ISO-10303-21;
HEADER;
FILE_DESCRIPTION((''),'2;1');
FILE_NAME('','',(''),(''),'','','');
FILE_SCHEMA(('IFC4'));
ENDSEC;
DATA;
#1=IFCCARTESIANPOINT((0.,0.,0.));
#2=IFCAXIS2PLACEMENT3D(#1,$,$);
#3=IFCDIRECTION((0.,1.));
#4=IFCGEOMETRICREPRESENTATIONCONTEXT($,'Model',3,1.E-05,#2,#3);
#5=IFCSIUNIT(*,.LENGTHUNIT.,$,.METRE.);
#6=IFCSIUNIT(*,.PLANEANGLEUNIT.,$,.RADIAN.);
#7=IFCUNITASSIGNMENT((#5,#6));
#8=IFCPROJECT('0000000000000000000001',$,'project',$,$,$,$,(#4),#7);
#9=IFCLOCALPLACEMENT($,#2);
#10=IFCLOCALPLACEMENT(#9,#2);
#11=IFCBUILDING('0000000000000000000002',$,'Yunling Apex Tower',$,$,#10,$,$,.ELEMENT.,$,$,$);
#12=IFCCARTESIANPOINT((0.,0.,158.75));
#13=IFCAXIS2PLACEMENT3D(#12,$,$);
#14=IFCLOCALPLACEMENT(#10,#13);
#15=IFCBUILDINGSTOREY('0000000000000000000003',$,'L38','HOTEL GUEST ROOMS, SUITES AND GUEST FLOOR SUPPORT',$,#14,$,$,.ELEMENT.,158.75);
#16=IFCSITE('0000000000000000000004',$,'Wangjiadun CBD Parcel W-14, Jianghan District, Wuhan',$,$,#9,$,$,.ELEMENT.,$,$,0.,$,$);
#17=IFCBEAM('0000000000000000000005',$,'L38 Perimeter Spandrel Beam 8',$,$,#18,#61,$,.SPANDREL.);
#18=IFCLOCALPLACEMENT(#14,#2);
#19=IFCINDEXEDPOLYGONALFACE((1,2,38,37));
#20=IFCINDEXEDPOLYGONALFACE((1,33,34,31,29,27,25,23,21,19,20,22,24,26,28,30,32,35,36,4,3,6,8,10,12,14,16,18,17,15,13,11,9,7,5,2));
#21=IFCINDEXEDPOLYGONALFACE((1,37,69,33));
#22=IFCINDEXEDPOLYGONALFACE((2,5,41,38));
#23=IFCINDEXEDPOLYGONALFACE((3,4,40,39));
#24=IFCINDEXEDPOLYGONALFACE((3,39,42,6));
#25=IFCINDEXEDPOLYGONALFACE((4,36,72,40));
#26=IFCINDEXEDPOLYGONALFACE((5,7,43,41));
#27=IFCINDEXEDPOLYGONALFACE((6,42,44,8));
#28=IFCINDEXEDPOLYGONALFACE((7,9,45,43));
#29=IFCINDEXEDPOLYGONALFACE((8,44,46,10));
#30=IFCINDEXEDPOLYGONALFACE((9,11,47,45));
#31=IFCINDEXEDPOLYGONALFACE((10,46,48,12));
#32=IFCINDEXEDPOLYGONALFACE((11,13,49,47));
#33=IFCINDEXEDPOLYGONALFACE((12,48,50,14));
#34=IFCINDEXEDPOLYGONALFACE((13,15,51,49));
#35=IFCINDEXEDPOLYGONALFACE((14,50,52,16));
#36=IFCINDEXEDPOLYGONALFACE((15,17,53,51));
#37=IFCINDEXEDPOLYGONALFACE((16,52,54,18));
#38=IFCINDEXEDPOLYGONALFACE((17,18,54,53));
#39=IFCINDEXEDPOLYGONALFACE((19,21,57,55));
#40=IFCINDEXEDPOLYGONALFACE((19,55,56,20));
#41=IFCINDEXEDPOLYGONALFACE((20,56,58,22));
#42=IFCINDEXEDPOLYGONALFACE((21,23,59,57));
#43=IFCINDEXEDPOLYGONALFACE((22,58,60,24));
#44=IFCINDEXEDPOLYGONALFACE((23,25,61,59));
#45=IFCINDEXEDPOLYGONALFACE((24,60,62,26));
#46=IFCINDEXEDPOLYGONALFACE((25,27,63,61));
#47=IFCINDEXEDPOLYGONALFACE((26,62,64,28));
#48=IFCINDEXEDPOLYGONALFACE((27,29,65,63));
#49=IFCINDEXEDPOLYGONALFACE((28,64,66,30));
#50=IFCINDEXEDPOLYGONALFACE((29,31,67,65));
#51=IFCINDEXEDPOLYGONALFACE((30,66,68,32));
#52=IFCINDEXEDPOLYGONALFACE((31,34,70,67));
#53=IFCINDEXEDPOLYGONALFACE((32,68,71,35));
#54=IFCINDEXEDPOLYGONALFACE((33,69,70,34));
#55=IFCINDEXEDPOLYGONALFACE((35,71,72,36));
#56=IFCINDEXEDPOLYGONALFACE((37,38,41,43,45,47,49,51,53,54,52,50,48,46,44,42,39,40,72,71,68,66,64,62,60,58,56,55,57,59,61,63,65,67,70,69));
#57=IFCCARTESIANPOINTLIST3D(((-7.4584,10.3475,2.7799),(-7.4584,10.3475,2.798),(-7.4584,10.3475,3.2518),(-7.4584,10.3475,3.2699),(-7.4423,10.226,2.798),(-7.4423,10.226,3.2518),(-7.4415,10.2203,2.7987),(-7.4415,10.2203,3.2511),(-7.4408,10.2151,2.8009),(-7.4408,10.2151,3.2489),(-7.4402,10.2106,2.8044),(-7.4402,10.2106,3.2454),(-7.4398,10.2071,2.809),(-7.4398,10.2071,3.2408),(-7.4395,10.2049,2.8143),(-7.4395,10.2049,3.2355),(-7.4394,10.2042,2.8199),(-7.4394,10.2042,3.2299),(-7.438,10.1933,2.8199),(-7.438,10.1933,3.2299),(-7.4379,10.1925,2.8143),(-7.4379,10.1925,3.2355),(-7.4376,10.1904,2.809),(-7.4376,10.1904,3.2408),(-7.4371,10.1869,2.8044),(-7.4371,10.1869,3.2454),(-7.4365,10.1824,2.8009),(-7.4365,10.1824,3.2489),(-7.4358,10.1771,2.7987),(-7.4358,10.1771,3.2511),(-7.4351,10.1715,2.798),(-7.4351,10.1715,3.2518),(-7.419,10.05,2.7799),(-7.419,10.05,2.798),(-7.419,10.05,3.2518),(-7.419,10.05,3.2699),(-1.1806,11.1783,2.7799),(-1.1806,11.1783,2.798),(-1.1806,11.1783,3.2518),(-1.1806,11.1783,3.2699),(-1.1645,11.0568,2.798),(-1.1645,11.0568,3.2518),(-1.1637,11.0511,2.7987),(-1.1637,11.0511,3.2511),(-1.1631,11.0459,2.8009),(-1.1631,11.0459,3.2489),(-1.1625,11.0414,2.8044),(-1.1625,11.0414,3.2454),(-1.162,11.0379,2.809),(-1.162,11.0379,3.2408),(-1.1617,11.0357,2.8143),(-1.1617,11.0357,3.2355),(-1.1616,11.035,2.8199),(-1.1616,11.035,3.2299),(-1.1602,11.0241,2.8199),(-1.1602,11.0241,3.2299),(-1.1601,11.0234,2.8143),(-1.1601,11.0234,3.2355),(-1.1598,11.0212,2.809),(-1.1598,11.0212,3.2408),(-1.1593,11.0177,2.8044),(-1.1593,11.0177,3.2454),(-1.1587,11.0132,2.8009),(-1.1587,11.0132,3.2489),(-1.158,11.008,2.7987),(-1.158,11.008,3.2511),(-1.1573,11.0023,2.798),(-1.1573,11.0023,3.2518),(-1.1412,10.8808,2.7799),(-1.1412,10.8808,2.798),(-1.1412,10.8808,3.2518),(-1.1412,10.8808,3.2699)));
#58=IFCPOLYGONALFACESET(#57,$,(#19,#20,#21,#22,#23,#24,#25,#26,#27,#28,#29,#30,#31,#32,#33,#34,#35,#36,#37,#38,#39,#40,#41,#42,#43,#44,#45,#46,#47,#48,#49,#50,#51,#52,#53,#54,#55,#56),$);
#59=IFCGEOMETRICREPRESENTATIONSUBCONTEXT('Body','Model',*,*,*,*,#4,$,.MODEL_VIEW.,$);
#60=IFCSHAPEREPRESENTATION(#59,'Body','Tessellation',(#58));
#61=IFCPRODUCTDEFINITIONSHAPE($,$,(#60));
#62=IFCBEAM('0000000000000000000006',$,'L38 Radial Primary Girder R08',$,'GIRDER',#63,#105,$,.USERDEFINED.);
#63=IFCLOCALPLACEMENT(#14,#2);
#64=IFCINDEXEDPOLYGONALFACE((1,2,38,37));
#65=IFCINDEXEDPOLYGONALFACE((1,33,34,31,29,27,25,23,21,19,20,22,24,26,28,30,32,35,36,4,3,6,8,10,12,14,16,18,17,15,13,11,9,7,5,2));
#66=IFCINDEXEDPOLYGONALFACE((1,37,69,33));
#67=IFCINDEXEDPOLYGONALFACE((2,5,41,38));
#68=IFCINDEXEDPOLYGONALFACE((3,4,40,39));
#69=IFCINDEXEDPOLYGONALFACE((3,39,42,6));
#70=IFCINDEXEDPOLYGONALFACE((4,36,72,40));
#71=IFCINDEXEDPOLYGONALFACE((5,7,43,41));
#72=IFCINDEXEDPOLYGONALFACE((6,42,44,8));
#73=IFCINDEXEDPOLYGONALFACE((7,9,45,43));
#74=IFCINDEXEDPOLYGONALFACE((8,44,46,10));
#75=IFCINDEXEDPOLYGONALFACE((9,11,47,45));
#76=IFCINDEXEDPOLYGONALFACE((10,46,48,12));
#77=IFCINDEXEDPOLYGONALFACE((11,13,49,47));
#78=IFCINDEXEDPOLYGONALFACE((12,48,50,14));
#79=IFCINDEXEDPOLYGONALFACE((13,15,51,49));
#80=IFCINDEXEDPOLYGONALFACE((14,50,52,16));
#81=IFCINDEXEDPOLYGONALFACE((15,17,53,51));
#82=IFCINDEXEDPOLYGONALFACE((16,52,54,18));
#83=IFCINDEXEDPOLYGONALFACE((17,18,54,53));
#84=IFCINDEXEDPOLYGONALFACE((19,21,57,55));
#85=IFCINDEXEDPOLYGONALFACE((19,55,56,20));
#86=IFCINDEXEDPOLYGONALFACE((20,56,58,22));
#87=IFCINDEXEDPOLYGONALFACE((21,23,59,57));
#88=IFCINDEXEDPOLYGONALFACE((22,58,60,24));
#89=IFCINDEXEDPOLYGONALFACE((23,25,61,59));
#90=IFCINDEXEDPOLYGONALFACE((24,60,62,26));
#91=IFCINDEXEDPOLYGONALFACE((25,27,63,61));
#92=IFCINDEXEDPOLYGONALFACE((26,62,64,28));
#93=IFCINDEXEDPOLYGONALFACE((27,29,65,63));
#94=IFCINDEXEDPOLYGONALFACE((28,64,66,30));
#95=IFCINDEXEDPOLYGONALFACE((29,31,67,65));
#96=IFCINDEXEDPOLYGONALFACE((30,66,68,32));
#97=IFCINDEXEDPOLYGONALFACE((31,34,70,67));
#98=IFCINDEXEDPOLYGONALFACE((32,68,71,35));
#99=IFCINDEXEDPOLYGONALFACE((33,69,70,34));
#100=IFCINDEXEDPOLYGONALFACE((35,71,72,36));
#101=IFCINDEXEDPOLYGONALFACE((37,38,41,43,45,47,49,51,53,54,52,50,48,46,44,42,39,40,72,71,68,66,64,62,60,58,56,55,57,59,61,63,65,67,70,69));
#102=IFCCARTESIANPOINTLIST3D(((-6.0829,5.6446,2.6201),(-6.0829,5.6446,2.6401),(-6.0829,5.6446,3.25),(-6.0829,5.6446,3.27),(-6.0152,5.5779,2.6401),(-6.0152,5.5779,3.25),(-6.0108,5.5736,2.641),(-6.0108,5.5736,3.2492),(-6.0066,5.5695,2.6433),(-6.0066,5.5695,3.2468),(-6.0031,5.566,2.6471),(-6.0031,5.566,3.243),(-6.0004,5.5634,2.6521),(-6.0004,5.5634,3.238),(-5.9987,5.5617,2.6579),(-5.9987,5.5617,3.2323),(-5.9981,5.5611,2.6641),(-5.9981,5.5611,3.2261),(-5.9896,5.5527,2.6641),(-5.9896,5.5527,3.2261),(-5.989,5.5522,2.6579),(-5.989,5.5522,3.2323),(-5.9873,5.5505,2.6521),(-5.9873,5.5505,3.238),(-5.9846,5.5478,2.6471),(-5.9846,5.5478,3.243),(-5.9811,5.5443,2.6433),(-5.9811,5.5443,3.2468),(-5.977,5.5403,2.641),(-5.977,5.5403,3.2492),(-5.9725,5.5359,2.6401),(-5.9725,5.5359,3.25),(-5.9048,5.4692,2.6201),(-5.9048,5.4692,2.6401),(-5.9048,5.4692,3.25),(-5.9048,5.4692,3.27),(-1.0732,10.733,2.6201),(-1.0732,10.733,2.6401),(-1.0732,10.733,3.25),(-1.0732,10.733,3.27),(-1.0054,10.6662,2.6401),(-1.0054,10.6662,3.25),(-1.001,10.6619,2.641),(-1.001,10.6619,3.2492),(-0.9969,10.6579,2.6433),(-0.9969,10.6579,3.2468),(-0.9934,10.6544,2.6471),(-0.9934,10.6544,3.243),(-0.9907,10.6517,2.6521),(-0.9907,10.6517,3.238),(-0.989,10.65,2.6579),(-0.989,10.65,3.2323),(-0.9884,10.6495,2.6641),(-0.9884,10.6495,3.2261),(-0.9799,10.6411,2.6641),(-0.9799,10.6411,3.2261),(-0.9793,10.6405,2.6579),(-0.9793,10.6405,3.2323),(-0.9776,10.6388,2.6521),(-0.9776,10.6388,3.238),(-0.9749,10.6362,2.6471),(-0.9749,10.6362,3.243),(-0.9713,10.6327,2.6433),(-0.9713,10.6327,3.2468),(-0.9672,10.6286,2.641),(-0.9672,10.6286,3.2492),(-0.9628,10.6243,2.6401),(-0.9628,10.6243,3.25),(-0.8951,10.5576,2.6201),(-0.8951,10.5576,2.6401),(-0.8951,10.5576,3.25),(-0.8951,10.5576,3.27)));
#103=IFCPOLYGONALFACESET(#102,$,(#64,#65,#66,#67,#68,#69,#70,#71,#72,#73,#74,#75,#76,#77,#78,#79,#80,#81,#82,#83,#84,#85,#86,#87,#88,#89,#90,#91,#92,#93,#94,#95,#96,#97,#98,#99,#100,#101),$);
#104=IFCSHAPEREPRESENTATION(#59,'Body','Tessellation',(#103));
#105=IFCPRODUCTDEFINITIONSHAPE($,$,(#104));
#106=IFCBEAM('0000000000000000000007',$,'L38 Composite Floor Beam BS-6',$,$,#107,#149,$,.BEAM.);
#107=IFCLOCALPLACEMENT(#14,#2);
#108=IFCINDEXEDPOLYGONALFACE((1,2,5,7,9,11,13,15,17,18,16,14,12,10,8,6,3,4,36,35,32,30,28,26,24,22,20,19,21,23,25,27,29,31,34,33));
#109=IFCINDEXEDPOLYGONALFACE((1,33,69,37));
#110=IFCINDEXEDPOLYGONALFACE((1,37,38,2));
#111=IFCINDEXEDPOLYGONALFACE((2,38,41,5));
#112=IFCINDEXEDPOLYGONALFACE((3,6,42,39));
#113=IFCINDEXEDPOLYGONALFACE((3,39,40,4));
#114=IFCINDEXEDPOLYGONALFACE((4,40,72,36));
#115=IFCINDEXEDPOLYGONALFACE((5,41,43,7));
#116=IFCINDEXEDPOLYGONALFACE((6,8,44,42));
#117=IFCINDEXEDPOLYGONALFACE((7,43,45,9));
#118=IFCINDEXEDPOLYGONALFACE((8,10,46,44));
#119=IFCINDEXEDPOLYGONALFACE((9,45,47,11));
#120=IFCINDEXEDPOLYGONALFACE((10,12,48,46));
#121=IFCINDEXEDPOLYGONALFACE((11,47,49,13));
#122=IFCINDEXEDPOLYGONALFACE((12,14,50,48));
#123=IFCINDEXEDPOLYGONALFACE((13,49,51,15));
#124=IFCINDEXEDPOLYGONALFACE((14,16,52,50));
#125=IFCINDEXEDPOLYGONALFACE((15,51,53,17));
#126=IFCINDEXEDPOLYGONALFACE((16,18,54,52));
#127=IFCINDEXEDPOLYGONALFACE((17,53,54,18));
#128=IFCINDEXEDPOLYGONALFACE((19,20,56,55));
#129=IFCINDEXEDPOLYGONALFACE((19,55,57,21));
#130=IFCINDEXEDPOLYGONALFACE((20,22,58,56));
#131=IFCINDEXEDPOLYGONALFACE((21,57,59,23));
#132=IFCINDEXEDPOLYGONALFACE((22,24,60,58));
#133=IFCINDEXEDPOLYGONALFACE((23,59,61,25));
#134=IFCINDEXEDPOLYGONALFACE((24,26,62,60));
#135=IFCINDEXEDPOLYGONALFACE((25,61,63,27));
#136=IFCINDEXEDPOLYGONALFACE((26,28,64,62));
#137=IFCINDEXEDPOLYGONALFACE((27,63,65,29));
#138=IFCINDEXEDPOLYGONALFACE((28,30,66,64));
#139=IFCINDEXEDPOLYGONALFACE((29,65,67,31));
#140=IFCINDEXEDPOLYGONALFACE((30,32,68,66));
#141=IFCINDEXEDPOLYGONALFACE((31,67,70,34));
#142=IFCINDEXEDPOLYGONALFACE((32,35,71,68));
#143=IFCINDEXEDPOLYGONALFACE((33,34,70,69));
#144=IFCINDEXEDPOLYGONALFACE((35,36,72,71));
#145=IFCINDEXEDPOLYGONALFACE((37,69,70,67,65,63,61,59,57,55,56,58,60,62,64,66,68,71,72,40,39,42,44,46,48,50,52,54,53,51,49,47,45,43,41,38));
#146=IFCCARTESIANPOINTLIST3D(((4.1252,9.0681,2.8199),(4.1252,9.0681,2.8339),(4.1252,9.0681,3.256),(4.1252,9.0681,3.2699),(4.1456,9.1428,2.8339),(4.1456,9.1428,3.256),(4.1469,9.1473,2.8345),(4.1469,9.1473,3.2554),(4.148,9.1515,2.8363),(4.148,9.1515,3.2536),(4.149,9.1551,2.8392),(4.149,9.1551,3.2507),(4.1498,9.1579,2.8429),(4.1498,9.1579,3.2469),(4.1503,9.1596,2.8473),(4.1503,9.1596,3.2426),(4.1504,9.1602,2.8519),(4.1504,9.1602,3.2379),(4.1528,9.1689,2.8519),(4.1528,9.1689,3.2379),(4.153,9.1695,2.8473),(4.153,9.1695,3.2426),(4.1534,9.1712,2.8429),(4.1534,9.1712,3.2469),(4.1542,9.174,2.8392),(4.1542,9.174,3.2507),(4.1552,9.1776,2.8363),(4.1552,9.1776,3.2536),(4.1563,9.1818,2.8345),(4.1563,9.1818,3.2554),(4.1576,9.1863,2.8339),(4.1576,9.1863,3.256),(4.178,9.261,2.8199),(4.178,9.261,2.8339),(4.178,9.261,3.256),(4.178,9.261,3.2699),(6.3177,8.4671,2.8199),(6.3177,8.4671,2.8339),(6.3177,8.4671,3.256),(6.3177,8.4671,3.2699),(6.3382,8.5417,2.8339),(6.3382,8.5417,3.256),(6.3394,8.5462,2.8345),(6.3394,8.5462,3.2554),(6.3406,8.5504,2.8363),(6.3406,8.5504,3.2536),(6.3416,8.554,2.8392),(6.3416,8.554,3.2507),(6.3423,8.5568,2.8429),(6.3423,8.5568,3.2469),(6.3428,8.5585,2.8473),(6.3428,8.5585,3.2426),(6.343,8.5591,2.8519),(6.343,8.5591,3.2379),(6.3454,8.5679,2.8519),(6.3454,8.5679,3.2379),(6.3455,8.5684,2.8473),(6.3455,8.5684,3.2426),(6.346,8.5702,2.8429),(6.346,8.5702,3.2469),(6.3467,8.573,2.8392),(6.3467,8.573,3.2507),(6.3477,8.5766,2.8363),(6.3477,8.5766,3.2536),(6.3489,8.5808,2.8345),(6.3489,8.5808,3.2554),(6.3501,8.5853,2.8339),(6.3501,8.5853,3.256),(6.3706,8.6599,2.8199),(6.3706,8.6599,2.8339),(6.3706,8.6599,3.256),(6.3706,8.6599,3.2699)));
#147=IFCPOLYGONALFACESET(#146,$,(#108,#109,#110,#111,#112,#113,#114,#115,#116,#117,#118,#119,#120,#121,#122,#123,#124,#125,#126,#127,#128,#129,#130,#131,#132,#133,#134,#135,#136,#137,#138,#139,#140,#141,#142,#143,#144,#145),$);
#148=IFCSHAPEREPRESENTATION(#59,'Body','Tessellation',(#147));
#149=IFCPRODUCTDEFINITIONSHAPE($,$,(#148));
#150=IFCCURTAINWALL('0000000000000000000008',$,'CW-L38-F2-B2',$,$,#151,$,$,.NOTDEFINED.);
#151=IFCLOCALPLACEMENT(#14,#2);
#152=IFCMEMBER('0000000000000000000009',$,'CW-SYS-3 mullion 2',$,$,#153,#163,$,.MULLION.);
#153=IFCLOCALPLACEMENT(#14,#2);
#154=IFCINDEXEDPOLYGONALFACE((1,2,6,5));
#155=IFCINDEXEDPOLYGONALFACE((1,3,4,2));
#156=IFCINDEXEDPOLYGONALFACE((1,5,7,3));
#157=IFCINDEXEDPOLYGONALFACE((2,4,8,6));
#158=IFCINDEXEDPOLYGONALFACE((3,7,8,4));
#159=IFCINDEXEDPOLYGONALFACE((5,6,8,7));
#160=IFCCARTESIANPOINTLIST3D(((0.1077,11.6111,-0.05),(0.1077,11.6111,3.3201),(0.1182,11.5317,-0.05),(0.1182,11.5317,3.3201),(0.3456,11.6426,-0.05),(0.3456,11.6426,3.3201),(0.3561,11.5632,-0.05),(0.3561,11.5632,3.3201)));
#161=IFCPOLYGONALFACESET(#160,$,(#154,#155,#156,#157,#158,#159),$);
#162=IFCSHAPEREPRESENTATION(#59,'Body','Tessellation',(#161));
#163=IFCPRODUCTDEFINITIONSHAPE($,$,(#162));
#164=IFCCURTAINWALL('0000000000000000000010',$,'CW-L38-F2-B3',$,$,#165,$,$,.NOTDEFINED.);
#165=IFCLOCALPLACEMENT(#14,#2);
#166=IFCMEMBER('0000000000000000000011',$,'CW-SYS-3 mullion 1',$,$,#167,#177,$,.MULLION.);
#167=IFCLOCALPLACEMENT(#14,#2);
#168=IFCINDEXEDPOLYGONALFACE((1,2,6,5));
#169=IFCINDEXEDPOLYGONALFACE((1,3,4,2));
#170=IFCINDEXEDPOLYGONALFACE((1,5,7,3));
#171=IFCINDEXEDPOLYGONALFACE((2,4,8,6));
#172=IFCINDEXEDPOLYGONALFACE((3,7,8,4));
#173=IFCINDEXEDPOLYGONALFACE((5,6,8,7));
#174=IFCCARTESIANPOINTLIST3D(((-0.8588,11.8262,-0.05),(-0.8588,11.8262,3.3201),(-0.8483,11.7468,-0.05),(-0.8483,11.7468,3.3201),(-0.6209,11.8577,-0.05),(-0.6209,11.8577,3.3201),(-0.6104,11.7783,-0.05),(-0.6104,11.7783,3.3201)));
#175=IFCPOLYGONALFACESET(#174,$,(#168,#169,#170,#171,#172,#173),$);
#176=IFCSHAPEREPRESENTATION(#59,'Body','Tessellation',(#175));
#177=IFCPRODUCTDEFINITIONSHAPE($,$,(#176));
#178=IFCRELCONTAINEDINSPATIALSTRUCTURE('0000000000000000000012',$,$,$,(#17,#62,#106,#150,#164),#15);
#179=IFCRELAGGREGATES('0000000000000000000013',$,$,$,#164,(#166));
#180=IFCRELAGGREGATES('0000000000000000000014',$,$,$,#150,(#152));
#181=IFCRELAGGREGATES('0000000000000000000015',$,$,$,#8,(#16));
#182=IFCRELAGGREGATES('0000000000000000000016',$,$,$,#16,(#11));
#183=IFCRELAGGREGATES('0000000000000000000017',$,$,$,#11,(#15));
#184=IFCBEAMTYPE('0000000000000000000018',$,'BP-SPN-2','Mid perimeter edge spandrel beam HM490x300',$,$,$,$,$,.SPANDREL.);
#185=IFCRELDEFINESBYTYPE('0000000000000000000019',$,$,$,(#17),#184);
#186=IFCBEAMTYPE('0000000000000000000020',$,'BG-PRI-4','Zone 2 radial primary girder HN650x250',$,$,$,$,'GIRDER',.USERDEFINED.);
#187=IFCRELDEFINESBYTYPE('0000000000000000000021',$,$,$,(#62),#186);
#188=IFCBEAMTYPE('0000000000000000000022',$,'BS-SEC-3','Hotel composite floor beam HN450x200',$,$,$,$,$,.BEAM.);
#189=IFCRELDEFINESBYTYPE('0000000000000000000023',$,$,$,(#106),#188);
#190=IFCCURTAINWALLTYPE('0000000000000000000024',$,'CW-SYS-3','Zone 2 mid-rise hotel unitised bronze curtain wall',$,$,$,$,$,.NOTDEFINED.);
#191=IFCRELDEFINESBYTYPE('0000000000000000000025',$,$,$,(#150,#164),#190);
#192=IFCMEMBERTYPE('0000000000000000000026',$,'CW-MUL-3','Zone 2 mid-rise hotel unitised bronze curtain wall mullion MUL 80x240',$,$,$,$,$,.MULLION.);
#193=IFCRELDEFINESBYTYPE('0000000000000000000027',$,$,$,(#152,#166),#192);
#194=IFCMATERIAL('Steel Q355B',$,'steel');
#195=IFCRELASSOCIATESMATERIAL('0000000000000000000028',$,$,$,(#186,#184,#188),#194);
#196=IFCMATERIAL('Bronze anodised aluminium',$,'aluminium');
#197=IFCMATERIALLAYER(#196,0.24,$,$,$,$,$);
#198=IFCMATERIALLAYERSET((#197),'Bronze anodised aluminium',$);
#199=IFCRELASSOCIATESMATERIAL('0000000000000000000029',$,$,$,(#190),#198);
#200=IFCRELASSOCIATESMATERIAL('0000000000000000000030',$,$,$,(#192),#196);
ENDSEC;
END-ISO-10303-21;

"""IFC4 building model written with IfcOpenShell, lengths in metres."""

from ifc_helpers import new_model, si_unit, direction, frame, origin, origin_2d, place, context, subcontext, project, spatial, rectangle, i_section, extrude, source, transform, mapped, material, layer, layer_set, material_profile, profile_set, type_object, element, aggregate, save


model = new_model("IFC4")

# Units and contexts
model_context = context("Model", 3, precision=1e-05, world=origin(), true_north=direction((0.0, 1.0)))
body_context = subcontext(model_context, "Body", "Model", "MODEL_VIEW")
ifc_project = project(units=[si_unit("LENGTHUNIT", "METRE"), si_unit("PLANEANGLEUNIT", "RADIAN")], contexts=[model_context])

# Site, building, storey
site_placement = place(None, origin())
site = spatial("IfcSite", under=ifc_project, at=site_placement, Name="Wangjiadun CBD Parcel W-14, Jianghan District, Wuhan", CompositionType="ELEMENT", RefElevation=0.0)
building_placement = place(site_placement, origin())
building = spatial("IfcBuilding", under=site, at=building_placement, Name="Yunling Apex Tower", CompositionType="ELEMENT")
storey_placement = place(building_placement, frame((0.0, 0.0, 158.75)))
storey = spatial("IfcBuildingStorey", under=building, at=storey_placement, Name="L38", Description="HOTEL GUEST ROOMS, SUITES AND GUEST FLOOR SUPPORT", CompositionType="ELEMENT", Elevation=158.75)

# Beams
ifc_material_1 = material(Name="Steel Q355B", Category="steel")
ifc_material_profile_1 = material_profile(ifc_material_1, i_section(OverallWidth=0.25, OverallDepth=0.6499, WebThickness=0.012, FlangeThickness=0.02, FilletRadius=0.0239, at=origin_2d()))
ifc_profile_set_1 = profile_set([ifc_material_profile_1], Name="Steel Q355B")
beam_type_1 = type_object("IfcBeamType", Name="BG-PRI-4", Description="Zone 2 radial primary girder HN650x250", ElementType="GIRDER", PredefinedType="USERDEFINED", material=ifc_profile_set_1)
ifc_material_profile_2 = material_profile(ifc_material_1, i_section(OverallWidth=0.3, OverallDepth=0.49, WebThickness=0.011, FlangeThickness=0.0181, FilletRadius=0.022, at=origin_2d()))
ifc_profile_set_2 = profile_set([ifc_material_profile_2], Name="Steel Q355B")
beam_type_2 = type_object("IfcBeamType", Name="BP-SPN-2", Description="Mid perimeter edge spandrel beam HM490x300", PredefinedType="SPANDREL", material=ifc_profile_set_2)
shared_shape_1 = source(origin(), body_context, "Body", "SweptSolid", [
    extrude(i_section(OverallWidth=0.3, OverallDepth=0.49, WebThickness=0.011, FlangeThickness=0.0181, FilletRadius=0.022, at=origin_2d()), origin(), (0.0, 0.0, 1.0), 6.3325),
])
beam_1_placement = place(storey_placement, frame((-1.1609, 11.0295, 3.0249), z_axis=(-0.991356, -0.131196, 0.0), x_axis=(0.131196, -0.991356, 0.0)))
element("IfcBeam", 1, at=beam_1_placement, inside=storey, type_object=beam_type_2, Name="L38 Perimeter Spandrel Beam 8", PredefinedType="SPANDREL", context=body_context, shape_type="MappedRepresentation", body=[
    mapped(shared_shape_1, transform((0.0, 0.0, 0.0), scale=1.0)),
])
shared_shape_2 = source(origin(), body_context, "Body", "SweptSolid", [
    extrude(i_section(OverallWidth=0.25, OverallDepth=0.6499, WebThickness=0.012, FlangeThickness=0.02, FilletRadius=0.0239, at=origin_2d()), origin(), (0.0, 0.0, 1.0), 7.1406),
])
beam_2_placement = place(storey_placement, frame((-0.9841, 10.6453, 2.9451), z_axis=(-0.701581, -0.71259, 0.0), x_axis=(0.71259, -0.701581, 0.0)))
element("IfcBeam", 2, at=beam_2_placement, inside=storey, type_object=beam_type_1, Name="L38 Radial Primary Girder R08", ObjectType="GIRDER", PredefinedType="USERDEFINED", context=body_context, shape_type="MappedRepresentation", body=[
    mapped(shared_shape_2, transform((0.0, 0.0, 0.0), scale=1.0)),
])
ifc_material_profile_3 = material_profile(ifc_material_1, i_section(OverallWidth=0.2, OverallDepth=0.45, WebThickness=0.009, FlangeThickness=0.0139, FilletRadius=0.0181, at=origin_2d()))
ifc_profile_set_3 = profile_set([ifc_material_profile_3], Name="Steel Q355B")
beam_type_3 = type_object("IfcBeamType", Name="BS-SEC-3", Description="Hotel composite floor beam HN450x200", PredefinedType="BEAM", material=ifc_profile_set_3)
shared_shape_3 = source(origin(), body_context, "Body", "SweptSolid", [
    extrude(i_section(OverallWidth=0.2, OverallDepth=0.45, WebThickness=0.009, FlangeThickness=0.0139, FilletRadius=0.0181, at=origin_2d()), origin(), (0.0, 0.0, 1.0), 2.2734),
])
beam_3_placement = place(storey_placement, frame((4.1516, 9.1646, 3.0449), z_axis=(0.964419, -0.26438, 0.0), x_axis=(0.26438, 0.964419, 0.0)))
element("IfcBeam", 3, at=beam_3_placement, inside=storey, type_object=beam_type_3, Name="L38 Composite Floor Beam BS-6", PredefinedType="BEAM", context=body_context, shape_type="MappedRepresentation", body=[
    mapped(shared_shape_3, transform((0.0, 0.0, 0.0), scale=1.0)),
])

# Curtain wall, member
ifc_material_2 = material(Name="Bronze anodised aluminium", Category="aluminium")
ifc_layer_1 = layer(ifc_material_2, 0.24)
ifc_layer_set_1 = layer_set([ifc_layer_1], Name="Bronze anodised aluminium")
curtain_wall_type = type_object("IfcCurtainWallType", Name="CW-SYS-3", Description="Zone 2 mid-rise hotel unitised bronze curtain wall", PredefinedType="NOTDEFINED", material=ifc_layer_set_1)
curtain_wall_1_placement = place(storey_placement, origin())
curtain_wall_1 = element("IfcCurtainWall", 4, at=curtain_wall_1_placement, inside=storey, type_object=curtain_wall_type, Name="CW-L38-F2-B2", PredefinedType="NOTDEFINED")
ifc_material_profile_4 = material_profile(ifc_material_2, rectangle(XDim=0.0801, YDim=0.24, at=origin_2d()))
ifc_profile_set_4 = profile_set([ifc_material_profile_4], Name="Bronze anodised aluminium")
member_type_1 = type_object("IfcMemberType", Name="CW-MUL-3", Description="Zone 2 mid-rise hotel unitised bronze curtain wall mullion MUL 80x240", PredefinedType="MULLION", material=ifc_profile_set_4)
shared_shape_4 = source(origin(), body_context, "Body", "SweptSolid", [
    extrude(rectangle(XDim=0.0801, YDim=0.24, at=origin_2d()), origin(), (0.0, 0.0, 1.0), 3.3701),
])
member_1_placement = place(storey_placement, frame((0.2319, 11.5872, -0.05), z_axis=(0.0, 0.0, 1.0), x_axis=(0.131205, -0.991355, 0.0)))
member_1 = element("IfcMember", 5, at=member_1_placement, type_object=member_type_1, Name="CW-SYS-3 mullion 2", PredefinedType="MULLION", context=body_context, shape_type="MappedRepresentation", body=[
    mapped(shared_shape_4, transform((0.0, 0.0, 0.0), scale=1.0)),
])

# Curtain wall, member
curtain_wall_2_placement = place(storey_placement, origin())
curtain_wall_2 = element("IfcCurtainWall", 6, at=curtain_wall_2_placement, inside=storey, type_object=curtain_wall_type, Name="CW-L38-F2-B3", PredefinedType="NOTDEFINED")
member_2_placement = place(storey_placement, frame((-0.7346, 11.8022, -0.05), z_axis=(0.0, 0.0, 1.0), x_axis=(0.131209, -0.991355, 0.0)))
member_2 = element("IfcMember", 7, at=member_2_placement, type_object=member_type_1, Name="CW-SYS-3 mullion 1", PredefinedType="MULLION", context=body_context, shape_type="MappedRepresentation", body=[
    mapped(shared_shape_4, transform((0.0, 0.0, 0.0), scale=1.0)),
])
aggregate(curtain_wall_2, [member_2])

aggregate(curtain_wall_1, [member_1])

save(model, "model.ifc")
